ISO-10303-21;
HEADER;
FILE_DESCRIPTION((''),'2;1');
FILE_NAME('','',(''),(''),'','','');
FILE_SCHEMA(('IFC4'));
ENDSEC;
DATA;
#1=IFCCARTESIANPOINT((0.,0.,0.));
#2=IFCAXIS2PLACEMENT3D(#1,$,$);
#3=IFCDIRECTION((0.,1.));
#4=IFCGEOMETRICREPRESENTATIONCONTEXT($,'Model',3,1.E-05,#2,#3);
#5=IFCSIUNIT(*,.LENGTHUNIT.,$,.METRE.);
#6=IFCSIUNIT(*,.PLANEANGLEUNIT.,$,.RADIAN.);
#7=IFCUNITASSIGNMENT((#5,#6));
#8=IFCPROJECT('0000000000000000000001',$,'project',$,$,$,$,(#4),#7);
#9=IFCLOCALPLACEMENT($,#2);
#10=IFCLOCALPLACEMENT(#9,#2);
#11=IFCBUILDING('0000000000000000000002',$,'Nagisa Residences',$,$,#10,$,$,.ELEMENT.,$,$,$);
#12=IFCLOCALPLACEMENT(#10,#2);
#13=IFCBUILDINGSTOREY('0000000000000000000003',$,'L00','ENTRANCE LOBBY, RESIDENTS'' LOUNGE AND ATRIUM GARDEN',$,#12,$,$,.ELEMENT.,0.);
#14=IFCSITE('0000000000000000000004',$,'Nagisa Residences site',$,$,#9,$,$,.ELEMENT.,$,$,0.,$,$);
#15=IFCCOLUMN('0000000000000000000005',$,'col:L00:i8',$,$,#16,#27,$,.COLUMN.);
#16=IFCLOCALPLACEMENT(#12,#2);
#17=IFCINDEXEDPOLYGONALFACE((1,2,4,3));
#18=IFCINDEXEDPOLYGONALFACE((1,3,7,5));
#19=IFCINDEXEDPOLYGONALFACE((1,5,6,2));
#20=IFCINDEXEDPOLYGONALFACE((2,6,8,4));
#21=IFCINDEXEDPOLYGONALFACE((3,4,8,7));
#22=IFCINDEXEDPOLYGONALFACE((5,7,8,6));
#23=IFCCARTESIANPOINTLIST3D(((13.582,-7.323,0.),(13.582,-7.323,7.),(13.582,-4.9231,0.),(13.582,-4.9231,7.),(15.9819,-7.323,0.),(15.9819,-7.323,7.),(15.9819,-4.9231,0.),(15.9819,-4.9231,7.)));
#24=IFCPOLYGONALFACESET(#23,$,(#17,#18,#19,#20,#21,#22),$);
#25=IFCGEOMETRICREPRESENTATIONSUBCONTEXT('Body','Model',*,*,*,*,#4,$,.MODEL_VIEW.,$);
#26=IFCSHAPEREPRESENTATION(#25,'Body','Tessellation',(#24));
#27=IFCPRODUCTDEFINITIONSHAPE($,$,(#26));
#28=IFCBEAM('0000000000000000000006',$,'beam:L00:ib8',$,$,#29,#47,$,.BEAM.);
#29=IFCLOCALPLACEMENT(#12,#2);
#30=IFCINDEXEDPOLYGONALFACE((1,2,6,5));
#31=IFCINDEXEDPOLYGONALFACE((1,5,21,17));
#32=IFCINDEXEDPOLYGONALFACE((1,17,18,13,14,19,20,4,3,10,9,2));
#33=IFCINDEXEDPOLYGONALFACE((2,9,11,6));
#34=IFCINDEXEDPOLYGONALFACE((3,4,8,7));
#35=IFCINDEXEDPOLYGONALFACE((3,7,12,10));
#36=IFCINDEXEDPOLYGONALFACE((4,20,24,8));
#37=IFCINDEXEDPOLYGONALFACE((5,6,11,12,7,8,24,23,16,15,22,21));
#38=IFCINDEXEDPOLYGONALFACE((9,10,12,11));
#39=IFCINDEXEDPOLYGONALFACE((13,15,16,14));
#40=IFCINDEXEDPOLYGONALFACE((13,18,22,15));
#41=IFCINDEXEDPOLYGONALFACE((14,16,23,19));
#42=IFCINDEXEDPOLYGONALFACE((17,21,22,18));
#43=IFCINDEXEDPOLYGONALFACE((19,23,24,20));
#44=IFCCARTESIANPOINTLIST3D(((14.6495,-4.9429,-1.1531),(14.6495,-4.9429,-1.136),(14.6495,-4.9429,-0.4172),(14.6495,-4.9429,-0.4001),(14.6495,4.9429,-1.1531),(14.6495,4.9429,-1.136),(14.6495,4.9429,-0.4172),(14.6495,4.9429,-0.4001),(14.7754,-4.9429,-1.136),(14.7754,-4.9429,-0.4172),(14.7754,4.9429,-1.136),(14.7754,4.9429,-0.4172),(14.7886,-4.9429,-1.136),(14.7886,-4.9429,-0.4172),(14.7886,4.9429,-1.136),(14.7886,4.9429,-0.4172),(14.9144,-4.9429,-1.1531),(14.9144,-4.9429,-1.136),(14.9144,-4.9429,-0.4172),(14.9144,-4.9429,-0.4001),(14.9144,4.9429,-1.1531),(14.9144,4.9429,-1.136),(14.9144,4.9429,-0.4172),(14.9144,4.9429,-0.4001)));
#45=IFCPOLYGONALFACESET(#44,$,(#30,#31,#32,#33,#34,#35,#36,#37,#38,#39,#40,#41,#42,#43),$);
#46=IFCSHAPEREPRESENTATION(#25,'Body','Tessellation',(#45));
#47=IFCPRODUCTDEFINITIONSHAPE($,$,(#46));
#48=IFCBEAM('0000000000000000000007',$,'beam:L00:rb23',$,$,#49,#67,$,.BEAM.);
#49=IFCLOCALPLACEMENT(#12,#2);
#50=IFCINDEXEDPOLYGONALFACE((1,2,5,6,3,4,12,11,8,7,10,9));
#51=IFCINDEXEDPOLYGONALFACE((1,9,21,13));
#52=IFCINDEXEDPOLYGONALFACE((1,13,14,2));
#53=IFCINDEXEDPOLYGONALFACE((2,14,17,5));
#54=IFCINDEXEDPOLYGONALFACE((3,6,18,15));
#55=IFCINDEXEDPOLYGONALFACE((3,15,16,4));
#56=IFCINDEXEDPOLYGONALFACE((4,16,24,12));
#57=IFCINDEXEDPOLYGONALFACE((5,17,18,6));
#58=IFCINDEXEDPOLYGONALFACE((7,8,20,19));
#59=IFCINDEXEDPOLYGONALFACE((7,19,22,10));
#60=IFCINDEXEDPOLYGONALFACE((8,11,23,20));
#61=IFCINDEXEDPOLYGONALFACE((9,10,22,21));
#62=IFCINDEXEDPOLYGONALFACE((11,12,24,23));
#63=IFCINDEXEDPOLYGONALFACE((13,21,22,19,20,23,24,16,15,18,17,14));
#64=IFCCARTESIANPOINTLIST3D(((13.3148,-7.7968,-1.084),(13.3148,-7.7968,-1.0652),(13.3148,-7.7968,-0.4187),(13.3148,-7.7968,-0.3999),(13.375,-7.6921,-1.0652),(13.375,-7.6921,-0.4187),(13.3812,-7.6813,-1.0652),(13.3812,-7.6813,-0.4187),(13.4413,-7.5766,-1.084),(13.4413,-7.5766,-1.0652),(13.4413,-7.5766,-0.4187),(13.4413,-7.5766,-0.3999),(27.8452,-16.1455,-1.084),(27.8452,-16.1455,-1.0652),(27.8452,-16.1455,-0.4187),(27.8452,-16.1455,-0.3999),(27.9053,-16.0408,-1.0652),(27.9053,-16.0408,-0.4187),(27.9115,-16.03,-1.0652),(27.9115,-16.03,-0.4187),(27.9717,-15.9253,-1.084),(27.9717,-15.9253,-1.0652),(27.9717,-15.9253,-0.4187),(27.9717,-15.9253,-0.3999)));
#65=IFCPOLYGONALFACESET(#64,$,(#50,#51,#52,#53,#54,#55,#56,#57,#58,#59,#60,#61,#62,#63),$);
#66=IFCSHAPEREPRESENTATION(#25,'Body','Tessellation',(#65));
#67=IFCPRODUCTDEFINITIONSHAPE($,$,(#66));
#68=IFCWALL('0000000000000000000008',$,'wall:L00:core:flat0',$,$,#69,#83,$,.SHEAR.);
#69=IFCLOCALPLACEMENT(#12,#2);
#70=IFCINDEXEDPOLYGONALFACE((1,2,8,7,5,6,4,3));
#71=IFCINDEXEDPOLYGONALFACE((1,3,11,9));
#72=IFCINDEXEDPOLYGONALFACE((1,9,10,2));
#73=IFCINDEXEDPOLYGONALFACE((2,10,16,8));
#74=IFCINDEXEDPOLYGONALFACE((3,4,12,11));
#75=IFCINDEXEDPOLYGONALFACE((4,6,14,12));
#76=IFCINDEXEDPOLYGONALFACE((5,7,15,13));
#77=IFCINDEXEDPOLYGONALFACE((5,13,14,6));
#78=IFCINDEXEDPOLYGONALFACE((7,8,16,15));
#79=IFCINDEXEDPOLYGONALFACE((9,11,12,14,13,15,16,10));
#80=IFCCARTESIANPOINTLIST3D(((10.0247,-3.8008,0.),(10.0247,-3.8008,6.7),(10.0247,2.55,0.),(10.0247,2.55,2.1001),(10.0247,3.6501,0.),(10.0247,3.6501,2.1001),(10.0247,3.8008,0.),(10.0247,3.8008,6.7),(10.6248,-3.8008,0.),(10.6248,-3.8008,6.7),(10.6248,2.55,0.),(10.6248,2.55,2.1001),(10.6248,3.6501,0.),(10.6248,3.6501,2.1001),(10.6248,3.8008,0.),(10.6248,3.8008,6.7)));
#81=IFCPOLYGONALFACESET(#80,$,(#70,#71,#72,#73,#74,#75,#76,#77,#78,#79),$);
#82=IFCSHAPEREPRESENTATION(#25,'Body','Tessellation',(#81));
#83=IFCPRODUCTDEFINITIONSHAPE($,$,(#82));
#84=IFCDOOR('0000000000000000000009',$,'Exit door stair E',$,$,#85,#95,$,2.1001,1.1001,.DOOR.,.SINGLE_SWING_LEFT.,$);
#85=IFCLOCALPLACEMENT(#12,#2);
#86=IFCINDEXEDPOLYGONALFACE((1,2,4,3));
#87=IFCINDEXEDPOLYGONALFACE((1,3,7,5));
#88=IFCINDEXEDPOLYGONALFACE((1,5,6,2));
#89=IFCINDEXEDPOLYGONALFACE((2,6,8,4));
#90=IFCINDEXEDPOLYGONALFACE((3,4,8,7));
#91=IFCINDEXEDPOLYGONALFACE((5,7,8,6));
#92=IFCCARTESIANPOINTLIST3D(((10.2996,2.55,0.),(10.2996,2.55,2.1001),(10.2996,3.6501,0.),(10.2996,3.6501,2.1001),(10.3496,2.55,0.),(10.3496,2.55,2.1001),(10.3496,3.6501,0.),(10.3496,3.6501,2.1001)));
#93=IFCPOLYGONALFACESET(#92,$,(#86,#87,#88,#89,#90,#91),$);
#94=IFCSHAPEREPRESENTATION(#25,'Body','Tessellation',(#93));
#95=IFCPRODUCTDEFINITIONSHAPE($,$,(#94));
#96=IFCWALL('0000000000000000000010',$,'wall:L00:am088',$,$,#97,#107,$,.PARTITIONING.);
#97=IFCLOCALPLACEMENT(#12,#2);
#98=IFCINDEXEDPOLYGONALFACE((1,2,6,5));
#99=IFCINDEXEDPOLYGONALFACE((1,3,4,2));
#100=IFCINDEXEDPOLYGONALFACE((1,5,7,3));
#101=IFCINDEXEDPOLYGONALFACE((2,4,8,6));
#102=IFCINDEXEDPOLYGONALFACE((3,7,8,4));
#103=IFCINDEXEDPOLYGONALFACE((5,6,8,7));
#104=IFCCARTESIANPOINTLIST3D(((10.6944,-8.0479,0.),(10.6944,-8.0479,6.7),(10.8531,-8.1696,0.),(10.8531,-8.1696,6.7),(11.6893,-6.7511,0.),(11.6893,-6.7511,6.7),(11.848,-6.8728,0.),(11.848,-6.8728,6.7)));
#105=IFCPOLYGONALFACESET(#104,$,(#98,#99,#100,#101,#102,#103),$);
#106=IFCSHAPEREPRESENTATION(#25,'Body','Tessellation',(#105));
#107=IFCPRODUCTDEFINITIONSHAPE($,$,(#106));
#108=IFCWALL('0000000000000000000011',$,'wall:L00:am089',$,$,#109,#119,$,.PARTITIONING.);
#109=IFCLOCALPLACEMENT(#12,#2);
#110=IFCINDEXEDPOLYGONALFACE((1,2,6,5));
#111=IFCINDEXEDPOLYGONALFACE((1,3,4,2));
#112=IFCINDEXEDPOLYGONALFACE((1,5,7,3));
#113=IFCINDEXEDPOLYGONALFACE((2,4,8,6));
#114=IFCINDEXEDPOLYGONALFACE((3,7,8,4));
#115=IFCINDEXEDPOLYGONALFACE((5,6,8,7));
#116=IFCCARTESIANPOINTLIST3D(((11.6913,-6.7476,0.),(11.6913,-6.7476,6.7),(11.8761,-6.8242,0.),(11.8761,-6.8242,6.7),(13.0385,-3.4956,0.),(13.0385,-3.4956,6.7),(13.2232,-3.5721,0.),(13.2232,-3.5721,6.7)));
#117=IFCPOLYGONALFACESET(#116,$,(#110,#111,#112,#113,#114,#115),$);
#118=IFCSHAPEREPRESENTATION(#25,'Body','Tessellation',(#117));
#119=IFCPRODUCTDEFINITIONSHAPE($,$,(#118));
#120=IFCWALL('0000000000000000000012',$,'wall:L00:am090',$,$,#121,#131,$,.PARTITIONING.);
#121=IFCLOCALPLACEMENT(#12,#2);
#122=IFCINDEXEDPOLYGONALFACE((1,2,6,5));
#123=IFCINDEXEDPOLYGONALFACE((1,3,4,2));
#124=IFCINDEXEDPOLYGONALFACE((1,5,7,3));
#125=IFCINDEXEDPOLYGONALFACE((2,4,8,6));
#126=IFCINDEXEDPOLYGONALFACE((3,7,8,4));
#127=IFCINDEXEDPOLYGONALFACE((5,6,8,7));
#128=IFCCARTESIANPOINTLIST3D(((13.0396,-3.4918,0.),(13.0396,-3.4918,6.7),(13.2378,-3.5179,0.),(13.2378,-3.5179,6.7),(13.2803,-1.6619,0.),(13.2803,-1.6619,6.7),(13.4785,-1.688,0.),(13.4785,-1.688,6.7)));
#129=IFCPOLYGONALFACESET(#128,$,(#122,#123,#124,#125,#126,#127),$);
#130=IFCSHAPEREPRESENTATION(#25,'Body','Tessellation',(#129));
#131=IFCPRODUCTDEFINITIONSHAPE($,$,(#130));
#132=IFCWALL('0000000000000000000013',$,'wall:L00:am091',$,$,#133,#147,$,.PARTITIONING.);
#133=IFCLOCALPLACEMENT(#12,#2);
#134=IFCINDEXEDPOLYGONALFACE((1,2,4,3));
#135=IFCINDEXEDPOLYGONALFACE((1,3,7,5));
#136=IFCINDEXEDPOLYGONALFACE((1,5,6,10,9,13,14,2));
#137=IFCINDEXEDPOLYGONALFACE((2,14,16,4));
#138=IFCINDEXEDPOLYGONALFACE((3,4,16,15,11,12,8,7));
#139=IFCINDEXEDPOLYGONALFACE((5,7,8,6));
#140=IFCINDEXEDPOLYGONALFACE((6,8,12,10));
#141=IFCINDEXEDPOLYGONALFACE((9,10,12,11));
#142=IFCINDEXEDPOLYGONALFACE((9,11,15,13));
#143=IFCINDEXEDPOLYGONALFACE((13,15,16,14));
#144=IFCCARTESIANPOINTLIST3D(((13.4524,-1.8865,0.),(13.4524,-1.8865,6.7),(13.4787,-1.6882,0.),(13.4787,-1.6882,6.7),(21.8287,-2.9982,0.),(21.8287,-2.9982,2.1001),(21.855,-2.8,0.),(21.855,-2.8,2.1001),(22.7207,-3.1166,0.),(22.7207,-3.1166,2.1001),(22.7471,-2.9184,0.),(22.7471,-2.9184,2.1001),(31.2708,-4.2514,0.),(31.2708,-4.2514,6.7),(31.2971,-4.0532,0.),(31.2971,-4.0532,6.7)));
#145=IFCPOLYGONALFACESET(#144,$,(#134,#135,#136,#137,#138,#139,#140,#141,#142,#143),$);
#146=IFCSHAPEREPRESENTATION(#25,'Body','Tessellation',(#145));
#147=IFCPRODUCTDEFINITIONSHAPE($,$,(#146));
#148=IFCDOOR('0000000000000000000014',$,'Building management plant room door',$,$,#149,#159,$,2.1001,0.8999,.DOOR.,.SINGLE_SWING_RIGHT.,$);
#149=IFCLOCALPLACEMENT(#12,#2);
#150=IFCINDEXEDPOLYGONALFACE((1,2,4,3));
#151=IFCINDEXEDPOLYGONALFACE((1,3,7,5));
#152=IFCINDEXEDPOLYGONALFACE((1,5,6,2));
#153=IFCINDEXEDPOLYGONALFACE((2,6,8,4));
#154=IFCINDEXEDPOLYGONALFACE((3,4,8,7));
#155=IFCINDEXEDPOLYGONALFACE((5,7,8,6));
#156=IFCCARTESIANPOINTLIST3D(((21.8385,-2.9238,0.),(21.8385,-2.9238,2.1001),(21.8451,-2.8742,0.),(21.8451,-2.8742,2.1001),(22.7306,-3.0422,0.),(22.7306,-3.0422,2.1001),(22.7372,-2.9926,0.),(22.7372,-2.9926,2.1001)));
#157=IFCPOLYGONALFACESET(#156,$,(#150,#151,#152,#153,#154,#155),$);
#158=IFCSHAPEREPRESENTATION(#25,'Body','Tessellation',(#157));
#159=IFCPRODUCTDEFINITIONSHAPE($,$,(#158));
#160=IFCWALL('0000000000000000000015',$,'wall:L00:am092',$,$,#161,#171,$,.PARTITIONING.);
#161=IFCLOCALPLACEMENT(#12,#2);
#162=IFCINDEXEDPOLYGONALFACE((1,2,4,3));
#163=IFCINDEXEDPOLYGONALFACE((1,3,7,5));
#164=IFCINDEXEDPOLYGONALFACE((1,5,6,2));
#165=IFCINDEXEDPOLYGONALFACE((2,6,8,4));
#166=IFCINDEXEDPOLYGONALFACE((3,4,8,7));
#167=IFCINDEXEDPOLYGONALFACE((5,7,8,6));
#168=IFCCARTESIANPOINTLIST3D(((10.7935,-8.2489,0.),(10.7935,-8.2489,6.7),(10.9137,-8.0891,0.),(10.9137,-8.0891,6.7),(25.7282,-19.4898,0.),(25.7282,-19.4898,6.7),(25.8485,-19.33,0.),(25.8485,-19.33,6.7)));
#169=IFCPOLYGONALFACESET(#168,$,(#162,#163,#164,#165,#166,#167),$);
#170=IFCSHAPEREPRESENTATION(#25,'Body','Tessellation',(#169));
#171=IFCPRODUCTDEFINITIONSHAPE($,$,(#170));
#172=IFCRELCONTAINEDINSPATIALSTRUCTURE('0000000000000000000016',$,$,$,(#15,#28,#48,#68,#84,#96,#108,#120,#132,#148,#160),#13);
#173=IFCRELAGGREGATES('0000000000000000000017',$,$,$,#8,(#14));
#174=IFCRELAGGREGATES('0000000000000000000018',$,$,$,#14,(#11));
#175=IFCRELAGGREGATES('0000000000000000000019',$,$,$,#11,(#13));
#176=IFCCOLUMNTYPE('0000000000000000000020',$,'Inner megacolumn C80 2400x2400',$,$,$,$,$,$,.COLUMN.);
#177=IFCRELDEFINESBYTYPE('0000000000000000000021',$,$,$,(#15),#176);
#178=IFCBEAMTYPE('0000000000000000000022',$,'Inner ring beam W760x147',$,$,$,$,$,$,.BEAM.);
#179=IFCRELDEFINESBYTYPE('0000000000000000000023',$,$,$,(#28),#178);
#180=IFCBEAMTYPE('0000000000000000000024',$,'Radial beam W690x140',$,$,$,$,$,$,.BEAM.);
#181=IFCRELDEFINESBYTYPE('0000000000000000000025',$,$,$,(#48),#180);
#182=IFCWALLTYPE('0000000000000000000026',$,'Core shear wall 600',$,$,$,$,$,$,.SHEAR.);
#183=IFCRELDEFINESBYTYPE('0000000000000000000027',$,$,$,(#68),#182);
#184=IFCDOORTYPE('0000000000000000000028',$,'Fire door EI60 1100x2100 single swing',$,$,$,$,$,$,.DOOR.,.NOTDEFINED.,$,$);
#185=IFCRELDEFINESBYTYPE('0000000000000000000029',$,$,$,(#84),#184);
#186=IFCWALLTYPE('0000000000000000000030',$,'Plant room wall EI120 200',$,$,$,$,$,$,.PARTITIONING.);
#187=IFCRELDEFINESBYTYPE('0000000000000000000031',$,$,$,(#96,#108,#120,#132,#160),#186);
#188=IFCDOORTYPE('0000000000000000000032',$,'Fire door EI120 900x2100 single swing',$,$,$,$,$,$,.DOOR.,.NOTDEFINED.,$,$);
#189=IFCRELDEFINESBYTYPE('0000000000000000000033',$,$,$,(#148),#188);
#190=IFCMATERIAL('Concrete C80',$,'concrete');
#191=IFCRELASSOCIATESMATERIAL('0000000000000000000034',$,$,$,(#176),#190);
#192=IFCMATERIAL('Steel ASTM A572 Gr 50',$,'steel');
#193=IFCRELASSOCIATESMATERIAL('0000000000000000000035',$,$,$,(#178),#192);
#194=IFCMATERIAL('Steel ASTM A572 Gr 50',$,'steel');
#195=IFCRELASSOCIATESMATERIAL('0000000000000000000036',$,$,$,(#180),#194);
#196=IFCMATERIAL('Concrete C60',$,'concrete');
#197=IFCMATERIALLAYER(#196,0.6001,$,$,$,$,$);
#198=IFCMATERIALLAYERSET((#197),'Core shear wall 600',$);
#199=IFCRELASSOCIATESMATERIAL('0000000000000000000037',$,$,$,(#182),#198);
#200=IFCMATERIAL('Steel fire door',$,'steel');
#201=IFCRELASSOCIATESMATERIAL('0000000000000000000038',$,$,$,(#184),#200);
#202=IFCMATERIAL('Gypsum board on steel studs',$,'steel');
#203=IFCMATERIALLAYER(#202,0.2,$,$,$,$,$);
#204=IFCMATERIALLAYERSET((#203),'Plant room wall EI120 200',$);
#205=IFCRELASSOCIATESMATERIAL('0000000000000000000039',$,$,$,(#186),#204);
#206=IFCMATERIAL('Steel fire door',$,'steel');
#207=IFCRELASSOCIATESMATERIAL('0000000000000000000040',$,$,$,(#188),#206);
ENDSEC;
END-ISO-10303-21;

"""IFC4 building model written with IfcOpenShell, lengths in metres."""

from ifc_helpers import new_model, si_unit, direction, frame, frame_2d, origin, origin_2d, place, context, subcontext, project, spatial, rectangle, i_section, extrude, material, layer, layer_set, material_profile, profile_set, type_object, element, fill, save


model = new_model("IFC4")

# Units and contexts
model_context = context("Model", 3, precision=1e-05, world=origin(), true_north=direction((0.0, 1.0)))
body_context = subcontext(model_context, "Body", "Model", "MODEL_VIEW")
ifc_project = project(units=[si_unit("LENGTHUNIT", "METRE"), si_unit("PLANEANGLEUNIT", "RADIAN")], contexts=[model_context])

# Site, building, storey
site_placement = place(None, origin())
site = spatial("IfcSite", under=ifc_project, at=site_placement, Name="Nagisa Residences site", CompositionType="ELEMENT", RefElevation=0.0)
building_placement = place(site_placement, origin())
building = spatial("IfcBuilding", under=site, at=building_placement, Name="Nagisa Residences", CompositionType="ELEMENT")
storey_placement = place(building_placement, origin())
storey = spatial("IfcBuildingStorey", under=building, at=storey_placement, Name="L00", Description="ENTRANCE LOBBY, RESIDENTS' LOUNGE AND ATRIUM GARDEN", CompositionType="ELEMENT", Elevation=0.0)

# Column
ifc_material_1 = material(Name="Concrete C80", Category="concrete")
ifc_material_profile_1 = material_profile(ifc_material_1, rectangle(XDim=2.3999, YDim=2.3999, at=origin_2d()), Name="C80 2400x2400")
ifc_profile_set_1 = profile_set([ifc_material_profile_1], Name="Concrete C80")
column_type = type_object("IfcColumnType", Name="Inner megacolumn C80 2400x2400", PredefinedType="COLUMN", material=ifc_profile_set_1)
column_placement = place(storey_placement, frame((14.782, -6.123, 0.0), z_axis=(0.0, 0.0, 1.0), x_axis=(1.0, 0.0, 0.0)))
element("IfcColumn", 1, at=column_placement, inside=storey, type_object=column_type, Name="col:L00:i8", PredefinedType="COLUMN", context=body_context, shape_type="SweptSolid", body=[
    extrude(rectangle(XDim=2.3999, YDim=2.3999, at=origin_2d()), origin(), (0.0, 0.0, 1.0), 7.0),
])

# Beams
ifc_material_2 = material(Name="Steel ASTM A572 Gr 50", Category="steel")
ifc_material_profile_2 = material_profile(ifc_material_2, i_section(OverallWidth=0.2649, OverallDepth=0.7529, WebThickness=0.0132, FlangeThickness=0.0171, at=origin_2d()), Name="W760x147")
ifc_profile_set_2 = profile_set([ifc_material_profile_2], Name="Steel ASTM A572 Gr 50")
beam_type_1 = type_object("IfcBeamType", Name="Inner ring beam W760x147", PredefinedType="BEAM", material=ifc_profile_set_2)
beam_1_placement = place(storey_placement, frame((14.782, -4.9429, -0.7766), z_axis=(0.0, 1.0, 0.0), x_axis=(-1.0, 0.0, 0.0)))
element("IfcBeam", 2, at=beam_1_placement, inside=storey, type_object=beam_type_1, Name="beam:L00:ib8", PredefinedType="BEAM", context=body_context, shape_type="SweptSolid", body=[
    extrude(i_section(OverallWidth=0.2649, OverallDepth=0.7529, WebThickness=0.0132, FlangeThickness=0.0171, at=origin_2d()), origin(), (0.0, 0.0, 1.0), 9.8857),
])
ifc_material_3 = material(Name="Steel ASTM A572 Gr 50", Category="steel")
ifc_material_profile_3 = material_profile(ifc_material_3, i_section(OverallWidth=0.2539, OverallDepth=0.6841, WebThickness=0.0125, FlangeThickness=0.0188, at=origin_2d()), Name="W690x140")
ifc_profile_set_3 = profile_set([ifc_material_profile_3], Name="Steel ASTM A572 Gr 50")
beam_type_2 = type_object("IfcBeamType", Name="Radial beam W690x140", PredefinedType="BEAM", material=ifc_profile_set_3)
beam_2_placement = place(storey_placement, frame((27.9084, -16.0354, -0.7419), z_axis=(-0.867068, 0.49819, 0.0), x_axis=(-0.49819, -0.867068, 0.0)))
element("IfcBeam", 3, at=beam_2_placement, inside=storey, type_object=beam_type_2, Name="beam:L00:rb23", PredefinedType="BEAM", context=body_context, shape_type="SweptSolid", body=[
    extrude(i_section(OverallWidth=0.2539, OverallDepth=0.6841, WebThickness=0.0125, FlangeThickness=0.0188, at=origin_2d()), origin(), (0.0, 0.0, 1.0), 16.7581),
])

# Wall, opening, door
ifc_material_4 = material(Name="Concrete C60", Category="concrete")
ifc_layer_1 = layer(ifc_material_4, 0.6001)
ifc_layer_set_1 = layer_set([ifc_layer_1], Name="Core shear wall 600")
wall_type_1 = type_object("IfcWallType", Name="Core shear wall 600", PredefinedType="SHEAR", material=ifc_layer_set_1)
wall_1_placement = place(storey_placement, frame((10.3247, -3.8008, 0.0), z_axis=(0.0, 0.0, 1.0), x_axis=(0.0, 1.0, 0.0)))
wall_1 = element("IfcWall", 4, at=wall_1_placement, inside=storey, type_object=wall_type_1, Name="wall:L00:core:flat0", PredefinedType="SHEAR", context=body_context, shape_type="SweptSolid", body=[
    extrude(rectangle(XDim=7.6016, YDim=0.6001, at=frame_2d((3.8008, 0.0))), origin(), (0.0, 0.0, 1.0), 6.7),
])
opening_1_placement = place(wall_1_placement, frame((6.3508, 0.0, 0.0)))
opening_1 = element("IfcOpeningElement", 5, at=opening_1_placement, cuts=wall_1, PredefinedType="OPENING", context=body_context, shape_type="SweptSolid", body=[
    extrude(rectangle(XDim=1.1001, YDim=2.1001, at=frame_2d((0.55, 1.05))), frame((0.0, 0.3101, 0.0), z_axis=(0.0, -1.0, 0.0), x_axis=(1.0, 0.0, 0.0)), (0.0, 0.0, 1.0), 0.6201),
])
ifc_material_5 = material(Name="Steel fire door", Category="steel")
door_type_1 = type_object("IfcDoorType", Name="Fire door EI60 1100x2100 single swing", OperationType="NOTDEFINED", PredefinedType="DOOR", material=ifc_material_5)
door_1_placement = place(opening_1_placement, frame((1.1001, 0.0, 0.0), x_axis=(-1.0, 0.0, 0.0)))
door_1 = element("IfcDoor", 6, at=door_1_placement, inside=storey, type_object=door_type_1, Name="Exit door stair E", OperationType="SINGLE_SWING_LEFT", OverallHeight=2.1001, OverallWidth=1.1001, PredefinedType="DOOR", context=body_context, shape_type="SweptSolid", body=[
    extrude(rectangle(XDim=1.1001, YDim=2.1001, at=frame_2d((0.55, 1.05))), frame((0.0, 0.0249, 0.0), z_axis=(0.0, -1.0, 0.0), x_axis=(1.0, 0.0, 0.0)), (0.0, 0.0, 1.0), 0.05),
])
fill(opening_1, door_1)

# Walls
ifc_material_6 = material(Name="Gypsum board on steel studs", Category="steel")
ifc_layer_2 = layer(ifc_material_6, 0.2)
ifc_layer_set_2 = layer_set([ifc_layer_2], Name="Plant room wall EI120 200")
wall_type_2 = type_object("IfcWallType", Name="Plant room wall EI120 200", PredefinedType="PARTITIONING", material=ifc_layer_set_2)
wall_2_placement = place(storey_placement, frame((10.7737, -8.1089, 0.0), z_axis=(0.0, 0.0, 1.0), x_axis=(0.608664, 0.793428, 0.0)))
element("IfcWall", 7, at=wall_2_placement, inside=storey, type_object=wall_type_2, Name="wall:L00:am088", PredefinedType="PARTITIONING", context=body_context, shape_type="SweptSolid", body=[
    extrude(rectangle(XDim=1.6345, YDim=0.2, at=frame_2d((0.8174, 0.0))), origin(), (0.0, 0.0, 1.0), 6.7),
])
wall_3_placement = place(storey_placement, frame((11.7837, -6.7859, 0.0), z_axis=(0.0, 0.0, 1.0), x_axis=(0.382723, 0.923863, 0.0)))
element("IfcWall", 8, at=wall_3_placement, inside=storey, type_object=wall_type_2, Name="wall:L00:am089", PredefinedType="PARTITIONING", context=body_context, shape_type="SweptSolid", body=[
    extrude(rectangle(XDim=3.52, YDim=0.2, at=frame_2d((1.76, 0.0))), origin(), (0.0, 0.0, 1.0), 6.7),
])
wall_4_placement = place(storey_placement, frame((13.1387, -3.5049, 0.0), z_axis=(0.0, 0.0, 1.0), x_axis=(0.130431, 0.991457, 0.0)))
element("IfcWall", 9, at=wall_4_placement, inside=storey, type_object=wall_type_2, Name="wall:L00:am090", PredefinedType="PARTITIONING", context=body_context, shape_type="SweptSolid", body=[
    extrude(rectangle(XDim=1.8457, YDim=0.2, at=frame_2d((0.9229, 0.0))), origin(), (0.0, 0.0, 1.0), 6.7),
])

# Wall, opening, door
wall_5_placement = place(storey_placement, frame((13.4656, -1.7874, 0.0), z_axis=(0.0, 0.0, 1.0), x_axis=(0.991306, -0.131574, 0.0)))
wall_5 = element("IfcWall", 10, at=wall_5_placement, inside=storey, type_object=wall_type_2, Name="wall:L00:am091", PredefinedType="PARTITIONING", context=body_context, shape_type="SweptSolid", body=[
    extrude(rectangle(XDim=17.9746, YDim=0.2, at=frame_2d((8.9873, 0.0))), origin(), (0.0, 0.0, 1.0), 6.7),
])
opening_2_placement = place(wall_5_placement, frame((8.4497, 0.0, 0.0)))
opening_2 = element("IfcOpeningElement", 11, at=opening_2_placement, cuts=wall_5, PredefinedType="OPENING", context=body_context, shape_type="SweptSolid", body=[
    extrude(rectangle(XDim=0.8999, YDim=2.1001, at=frame_2d((0.45, 1.05))), frame((0.0, 0.1099, 0.0), z_axis=(0.0, -1.0, 0.0), x_axis=(1.0, 0.0, 0.0)), (0.0, 0.0, 1.0), 0.22),
])
ifc_material_7 = material(Name="Steel fire door", Category="steel")
door_type_2 = type_object("IfcDoorType", Name="Fire door EI120 900x2100 single swing", OperationType="NOTDEFINED", PredefinedType="DOOR", material=ifc_material_7)
door_2_placement = place(opening_2_placement, frame((0.8999, 0.0, 0.0), x_axis=(-1.0, 0.0, 0.0)))
door_2 = element("IfcDoor", 12, at=door_2_placement, inside=storey, type_object=door_type_2, Name="Building management plant room door", OperationType="SINGLE_SWING_RIGHT", OverallHeight=2.1001, OverallWidth=0.8999, PredefinedType="DOOR", context=body_context, shape_type="SweptSolid", body=[
    extrude(rectangle(XDim=0.8999, YDim=2.1001, at=frame_2d((0.45, 1.05))), frame((0.0, 0.0249, 0.0), z_axis=(0.0, -1.0, 0.0), x_axis=(1.0, 0.0, 0.0)), (0.0, 0.0, 1.0), 0.05),
])
fill(opening_2, door_2)

# Wall
wall_6_placement = place(storey_placement, frame((25.7883, -19.4099, 0.0), z_axis=(0.0, 0.0, 1.0), x_axis=(-0.798975, 0.601364, 0.0)))
element("IfcWall", 13, at=wall_6_placement, inside=storey, type_object=wall_type_2, Name="wall:L00:am092", PredefinedType="PARTITIONING", context=body_context, shape_type="SweptSolid", body=[
    extrude(rectangle(XDim=18.6924, YDim=0.2, at=frame_2d((9.3462, 0.0))), origin(), (0.0, 0.0, 1.0), 6.7),
])

save(model, "model.ifc")
